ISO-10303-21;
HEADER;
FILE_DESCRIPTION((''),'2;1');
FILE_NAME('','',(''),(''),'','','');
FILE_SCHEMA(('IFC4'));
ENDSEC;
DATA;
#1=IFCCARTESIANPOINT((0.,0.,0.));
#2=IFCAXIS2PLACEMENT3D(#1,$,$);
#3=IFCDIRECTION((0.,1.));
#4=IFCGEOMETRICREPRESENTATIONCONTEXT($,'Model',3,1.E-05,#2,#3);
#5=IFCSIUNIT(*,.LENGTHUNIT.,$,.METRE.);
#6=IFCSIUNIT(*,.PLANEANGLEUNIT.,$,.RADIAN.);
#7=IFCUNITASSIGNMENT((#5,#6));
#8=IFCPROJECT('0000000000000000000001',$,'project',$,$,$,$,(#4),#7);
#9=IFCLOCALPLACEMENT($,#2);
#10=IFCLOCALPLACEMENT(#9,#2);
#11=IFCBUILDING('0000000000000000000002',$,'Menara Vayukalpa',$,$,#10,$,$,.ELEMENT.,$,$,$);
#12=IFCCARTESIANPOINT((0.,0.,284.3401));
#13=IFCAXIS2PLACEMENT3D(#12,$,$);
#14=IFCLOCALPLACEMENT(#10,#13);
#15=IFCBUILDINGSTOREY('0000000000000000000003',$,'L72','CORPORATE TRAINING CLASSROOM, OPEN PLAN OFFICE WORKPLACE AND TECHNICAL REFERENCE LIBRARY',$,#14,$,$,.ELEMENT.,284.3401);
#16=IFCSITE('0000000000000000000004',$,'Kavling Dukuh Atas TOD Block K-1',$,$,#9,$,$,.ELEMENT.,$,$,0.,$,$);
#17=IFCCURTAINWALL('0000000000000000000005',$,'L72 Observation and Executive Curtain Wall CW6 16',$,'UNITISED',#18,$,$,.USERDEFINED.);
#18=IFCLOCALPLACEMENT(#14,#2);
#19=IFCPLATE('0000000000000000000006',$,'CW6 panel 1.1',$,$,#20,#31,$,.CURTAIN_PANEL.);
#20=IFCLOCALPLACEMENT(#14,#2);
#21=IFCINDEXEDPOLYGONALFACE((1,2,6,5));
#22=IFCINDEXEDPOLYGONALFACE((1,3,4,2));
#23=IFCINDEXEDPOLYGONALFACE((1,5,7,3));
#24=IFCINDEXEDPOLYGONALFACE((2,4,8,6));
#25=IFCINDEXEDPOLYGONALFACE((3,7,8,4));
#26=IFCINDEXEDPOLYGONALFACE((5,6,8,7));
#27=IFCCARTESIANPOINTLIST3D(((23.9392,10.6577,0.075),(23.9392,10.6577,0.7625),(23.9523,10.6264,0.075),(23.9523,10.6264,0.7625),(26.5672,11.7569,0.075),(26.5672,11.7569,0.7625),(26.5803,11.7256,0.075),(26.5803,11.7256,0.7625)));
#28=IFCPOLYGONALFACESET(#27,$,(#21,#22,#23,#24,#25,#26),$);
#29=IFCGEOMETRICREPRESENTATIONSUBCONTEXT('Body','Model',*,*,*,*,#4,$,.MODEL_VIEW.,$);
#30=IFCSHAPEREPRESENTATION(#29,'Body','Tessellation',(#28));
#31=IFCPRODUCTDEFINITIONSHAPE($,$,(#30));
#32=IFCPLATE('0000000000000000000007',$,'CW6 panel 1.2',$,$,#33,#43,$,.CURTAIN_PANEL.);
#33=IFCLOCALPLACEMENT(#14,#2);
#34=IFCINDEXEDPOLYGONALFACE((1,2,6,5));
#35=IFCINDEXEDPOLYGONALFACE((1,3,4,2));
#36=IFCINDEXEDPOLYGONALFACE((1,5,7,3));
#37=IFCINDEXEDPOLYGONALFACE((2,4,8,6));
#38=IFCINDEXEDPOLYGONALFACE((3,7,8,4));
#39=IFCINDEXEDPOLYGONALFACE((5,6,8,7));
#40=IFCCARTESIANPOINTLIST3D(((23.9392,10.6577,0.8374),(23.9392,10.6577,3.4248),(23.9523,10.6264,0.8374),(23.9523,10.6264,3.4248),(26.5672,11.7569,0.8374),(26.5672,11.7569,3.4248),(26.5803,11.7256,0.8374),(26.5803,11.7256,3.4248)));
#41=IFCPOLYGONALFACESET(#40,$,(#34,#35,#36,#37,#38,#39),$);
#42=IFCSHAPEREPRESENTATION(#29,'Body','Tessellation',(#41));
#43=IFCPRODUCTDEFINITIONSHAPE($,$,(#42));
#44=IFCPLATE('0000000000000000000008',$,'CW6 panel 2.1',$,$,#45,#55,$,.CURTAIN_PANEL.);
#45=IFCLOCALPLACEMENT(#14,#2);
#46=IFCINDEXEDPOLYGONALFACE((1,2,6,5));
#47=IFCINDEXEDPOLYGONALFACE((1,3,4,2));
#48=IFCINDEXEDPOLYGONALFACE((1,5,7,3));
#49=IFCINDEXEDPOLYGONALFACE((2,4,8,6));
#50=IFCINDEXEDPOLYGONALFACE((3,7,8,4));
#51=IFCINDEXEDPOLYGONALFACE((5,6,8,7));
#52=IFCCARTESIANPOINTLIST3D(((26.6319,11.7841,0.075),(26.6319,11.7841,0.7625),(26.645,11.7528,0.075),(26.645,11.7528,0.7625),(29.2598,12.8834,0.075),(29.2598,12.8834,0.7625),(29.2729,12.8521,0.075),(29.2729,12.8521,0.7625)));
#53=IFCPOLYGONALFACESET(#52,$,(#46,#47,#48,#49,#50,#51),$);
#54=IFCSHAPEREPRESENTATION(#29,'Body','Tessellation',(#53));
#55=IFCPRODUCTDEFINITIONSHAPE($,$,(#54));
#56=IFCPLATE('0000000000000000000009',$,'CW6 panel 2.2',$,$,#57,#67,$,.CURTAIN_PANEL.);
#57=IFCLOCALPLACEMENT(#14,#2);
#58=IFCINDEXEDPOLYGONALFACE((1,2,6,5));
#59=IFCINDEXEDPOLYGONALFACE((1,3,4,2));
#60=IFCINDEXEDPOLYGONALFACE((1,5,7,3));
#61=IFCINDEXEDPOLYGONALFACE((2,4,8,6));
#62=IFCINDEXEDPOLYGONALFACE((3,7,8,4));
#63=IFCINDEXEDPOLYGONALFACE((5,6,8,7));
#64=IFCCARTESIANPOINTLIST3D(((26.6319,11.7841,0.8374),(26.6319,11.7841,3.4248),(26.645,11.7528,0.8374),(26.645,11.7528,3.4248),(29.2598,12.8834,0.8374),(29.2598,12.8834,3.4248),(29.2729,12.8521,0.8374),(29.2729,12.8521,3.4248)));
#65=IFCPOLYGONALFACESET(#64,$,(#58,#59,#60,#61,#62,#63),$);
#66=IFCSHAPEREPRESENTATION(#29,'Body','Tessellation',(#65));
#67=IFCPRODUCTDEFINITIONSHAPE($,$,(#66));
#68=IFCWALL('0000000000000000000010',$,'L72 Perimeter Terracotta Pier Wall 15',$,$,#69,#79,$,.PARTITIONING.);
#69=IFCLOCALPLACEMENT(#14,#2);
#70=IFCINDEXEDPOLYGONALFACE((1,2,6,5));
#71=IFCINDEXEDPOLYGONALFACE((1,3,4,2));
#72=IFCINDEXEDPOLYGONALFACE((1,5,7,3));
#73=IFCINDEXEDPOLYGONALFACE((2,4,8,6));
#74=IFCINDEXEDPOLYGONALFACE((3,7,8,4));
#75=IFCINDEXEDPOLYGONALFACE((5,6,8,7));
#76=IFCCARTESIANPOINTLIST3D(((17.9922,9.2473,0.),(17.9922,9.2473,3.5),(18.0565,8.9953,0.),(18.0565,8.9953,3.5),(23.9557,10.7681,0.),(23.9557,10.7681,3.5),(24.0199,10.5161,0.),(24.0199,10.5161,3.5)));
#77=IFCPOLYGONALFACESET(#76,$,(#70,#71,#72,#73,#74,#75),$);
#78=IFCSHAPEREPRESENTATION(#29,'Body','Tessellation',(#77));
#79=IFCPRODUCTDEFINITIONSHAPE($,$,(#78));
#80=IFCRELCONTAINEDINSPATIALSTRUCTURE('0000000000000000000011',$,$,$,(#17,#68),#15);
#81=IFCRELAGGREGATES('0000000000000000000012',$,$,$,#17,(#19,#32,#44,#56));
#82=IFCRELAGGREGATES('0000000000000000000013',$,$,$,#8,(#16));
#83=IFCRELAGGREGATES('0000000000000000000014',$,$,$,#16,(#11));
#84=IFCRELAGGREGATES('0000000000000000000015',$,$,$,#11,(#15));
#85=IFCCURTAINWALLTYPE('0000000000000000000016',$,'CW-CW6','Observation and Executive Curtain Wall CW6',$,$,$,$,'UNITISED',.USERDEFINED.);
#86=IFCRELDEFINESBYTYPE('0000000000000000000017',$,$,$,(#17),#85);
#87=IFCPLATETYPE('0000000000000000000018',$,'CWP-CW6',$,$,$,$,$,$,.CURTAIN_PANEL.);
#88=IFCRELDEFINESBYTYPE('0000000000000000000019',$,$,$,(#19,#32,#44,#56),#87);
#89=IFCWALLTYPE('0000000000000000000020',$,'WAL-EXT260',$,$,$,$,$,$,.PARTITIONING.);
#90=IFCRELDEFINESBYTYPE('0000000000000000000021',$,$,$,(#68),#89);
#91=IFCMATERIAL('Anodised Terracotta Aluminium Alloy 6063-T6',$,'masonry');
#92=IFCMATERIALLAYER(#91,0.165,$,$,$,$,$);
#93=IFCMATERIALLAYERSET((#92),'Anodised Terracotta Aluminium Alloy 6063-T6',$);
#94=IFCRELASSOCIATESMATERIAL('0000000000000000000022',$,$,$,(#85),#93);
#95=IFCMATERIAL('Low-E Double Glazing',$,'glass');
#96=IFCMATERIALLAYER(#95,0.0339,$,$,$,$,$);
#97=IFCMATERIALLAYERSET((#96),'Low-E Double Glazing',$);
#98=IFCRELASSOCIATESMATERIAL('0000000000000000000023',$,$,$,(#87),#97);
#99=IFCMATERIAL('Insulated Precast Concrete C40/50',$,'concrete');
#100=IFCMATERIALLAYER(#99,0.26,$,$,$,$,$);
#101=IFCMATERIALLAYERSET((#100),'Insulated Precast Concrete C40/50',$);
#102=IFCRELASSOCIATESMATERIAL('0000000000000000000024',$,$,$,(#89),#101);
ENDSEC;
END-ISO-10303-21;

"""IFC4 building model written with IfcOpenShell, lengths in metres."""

from ifc_helpers import new_model, si_unit, direction, frame, frame_2d, origin, origin_2d, place, context, subcontext, project, spatial, rectangle, extrude, material, layer, layer_set, type_object, element, aggregate, save


model = new_model("IFC4")

# Units and contexts
model_context = context("Model", 3, precision=1e-05, world=origin(), true_north=direction((0.0, 1.0)))
body_context = subcontext(model_context, "Body", "Model", "MODEL_VIEW")
ifc_project = project(units=[si_unit("LENGTHUNIT", "METRE"), si_unit("PLANEANGLEUNIT", "RADIAN")], contexts=[model_context])

# Site, building, storey
site_placement = place(None, origin())
site = spatial("IfcSite", under=ifc_project, at=site_placement, Name="Kavling Dukuh Atas TOD Block K-1", CompositionType="ELEMENT", RefElevation=0.0)
building_placement = place(site_placement, origin())
building = spatial("IfcBuilding", under=site, at=building_placement, Name="Menara Vayukalpa", CompositionType="ELEMENT")
storey_placement = place(building_placement, frame((0.0, 0.0, 284.3401)))
storey = spatial("IfcBuildingStorey", under=building, at=storey_placement, Name="L72", Description="CORPORATE TRAINING CLASSROOM, OPEN PLAN OFFICE WORKPLACE AND TECHNICAL REFERENCE LIBRARY", CompositionType="ELEMENT", Elevation=284.3401)

# Curtain wall, plates
ifc_material_1 = material(Name="Anodised Terracotta Aluminium Alloy 6063-T6", Category="masonry")
ifc_layer_1 = layer(ifc_material_1, 0.165)
ifc_layer_set_1 = layer_set([ifc_layer_1], Name="Anodised Terracotta Aluminium Alloy 6063-T6")
curtain_wall_type = type_object("IfcCurtainWallType", Name="CW-CW6", Description="Observation and Executive Curtain Wall CW6", ElementType="UNITISED", PredefinedType="USERDEFINED", material=ifc_layer_set_1)
curtain_wall_placement = place(storey_placement, origin())
curtain_wall = element("IfcCurtainWall", 1, at=curtain_wall_placement, inside=storey, type_object=curtain_wall_type, Name="L72 Observation and Executive Curtain Wall CW6 16", ObjectType="UNITISED", PredefinedType="USERDEFINED")
ifc_material_2 = material(Name="Low-E Double Glazing", Category="glass")
ifc_layer_2 = layer(ifc_material_2, 0.0339)
ifc_layer_set_2 = layer_set([ifc_layer_2], Name="Low-E Double Glazing")
plate_type = type_object("IfcPlateType", Name="CWP-CW6", PredefinedType="CURTAIN_PANEL", material=ifc_layer_set_2)
plate_1_placement = place(storey_placement, frame((25.2598, 11.1917, 0.075), z_axis=(0.0, 0.0, 1.0), x_axis=(0.922541, 0.3859, 0.0)))
plate_1 = element("IfcPlate", 2, at=plate_1_placement, type_object=plate_type, Name="CW6 panel 1.1", PredefinedType="CURTAIN_PANEL", context=body_context, shape_type="SweptSolid", body=[
    extrude(rectangle(XDim=2.8486, YDim=0.0339, at=origin_2d()), origin(), (0.0, 0.0, 1.0), 0.6875),
])
plate_2_placement = place(storey_placement, frame((25.2598, 11.1917, 0.8374), z_axis=(0.0, 0.0, 1.0), x_axis=(0.922541, 0.3859, 0.0)))
plate_2 = element("IfcPlate", 3, at=plate_2_placement, type_object=plate_type, Name="CW6 panel 1.2", PredefinedType="CURTAIN_PANEL", context=body_context, shape_type="SweptSolid", body=[
    extrude(rectangle(XDim=2.8486, YDim=0.0339, at=origin_2d()), origin(), (0.0, 0.0, 1.0), 2.5874),
])
plate_3_placement = place(storey_placement, frame((27.9524, 12.3181, 0.075), z_axis=(0.0, 0.0, 1.0), x_axis=(0.922541, 0.3859, 0.0)))
plate_3 = element("IfcPlate", 4, at=plate_3_placement, type_object=plate_type, Name="CW6 panel 2.1", PredefinedType="CURTAIN_PANEL", context=body_context, shape_type="SweptSolid", body=[
    extrude(rectangle(XDim=2.8486, YDim=0.0339, at=origin_2d()), origin(), (0.0, 0.0, 1.0), 0.6875),
])
plate_4_placement = place(storey_placement, frame((27.9524, 12.3181, 0.8374), z_axis=(0.0, 0.0, 1.0), x_axis=(0.922541, 0.3859, 0.0)))
plate_4 = element("IfcPlate", 5, at=plate_4_placement, type_object=plate_type, Name="CW6 panel 2.2", PredefinedType="CURTAIN_PANEL", context=body_context, shape_type="SweptSolid", body=[
    extrude(rectangle(XDim=2.8486, YDim=0.0339, at=origin_2d()), origin(), (0.0, 0.0, 1.0), 2.5874),
])
aggregate(curtain_wall, [plate_1, plate_2, plate_3, plate_4])

# Wall
ifc_material_3 = material(Name="Insulated Precast Concrete C40/50", Category="concrete")
ifc_layer_3 = layer(ifc_material_3, 0.26)
ifc_layer_set_3 = layer_set([ifc_layer_3], Name="Insulated Precast Concrete C40/50")
wall_type = type_object("IfcWallType", Name="WAL-EXT260", PredefinedType="PARTITIONING", material=ifc_layer_set_3)
wall_placement = place(storey_placement, frame((23.9878, 10.6421, 0.0), z_axis=(0.0, 0.0, 1.0), x_axis=(-0.968988, -0.247107, 0.0)))
element("IfcWall", 6, at=wall_placement, inside=storey, type_object=wall_type, Name="L72 Perimeter Terracotta Pier Wall 15", PredefinedType="PARTITIONING", context=body_context, shape_type="SweptSolid", body=[
    extrude(rectangle(XDim=6.1543, YDim=0.26, at=frame_2d((3.0771, 0.0))), origin(), (0.0, 0.0, 1.0), 3.5),
])

save(model, "model.ifc")
